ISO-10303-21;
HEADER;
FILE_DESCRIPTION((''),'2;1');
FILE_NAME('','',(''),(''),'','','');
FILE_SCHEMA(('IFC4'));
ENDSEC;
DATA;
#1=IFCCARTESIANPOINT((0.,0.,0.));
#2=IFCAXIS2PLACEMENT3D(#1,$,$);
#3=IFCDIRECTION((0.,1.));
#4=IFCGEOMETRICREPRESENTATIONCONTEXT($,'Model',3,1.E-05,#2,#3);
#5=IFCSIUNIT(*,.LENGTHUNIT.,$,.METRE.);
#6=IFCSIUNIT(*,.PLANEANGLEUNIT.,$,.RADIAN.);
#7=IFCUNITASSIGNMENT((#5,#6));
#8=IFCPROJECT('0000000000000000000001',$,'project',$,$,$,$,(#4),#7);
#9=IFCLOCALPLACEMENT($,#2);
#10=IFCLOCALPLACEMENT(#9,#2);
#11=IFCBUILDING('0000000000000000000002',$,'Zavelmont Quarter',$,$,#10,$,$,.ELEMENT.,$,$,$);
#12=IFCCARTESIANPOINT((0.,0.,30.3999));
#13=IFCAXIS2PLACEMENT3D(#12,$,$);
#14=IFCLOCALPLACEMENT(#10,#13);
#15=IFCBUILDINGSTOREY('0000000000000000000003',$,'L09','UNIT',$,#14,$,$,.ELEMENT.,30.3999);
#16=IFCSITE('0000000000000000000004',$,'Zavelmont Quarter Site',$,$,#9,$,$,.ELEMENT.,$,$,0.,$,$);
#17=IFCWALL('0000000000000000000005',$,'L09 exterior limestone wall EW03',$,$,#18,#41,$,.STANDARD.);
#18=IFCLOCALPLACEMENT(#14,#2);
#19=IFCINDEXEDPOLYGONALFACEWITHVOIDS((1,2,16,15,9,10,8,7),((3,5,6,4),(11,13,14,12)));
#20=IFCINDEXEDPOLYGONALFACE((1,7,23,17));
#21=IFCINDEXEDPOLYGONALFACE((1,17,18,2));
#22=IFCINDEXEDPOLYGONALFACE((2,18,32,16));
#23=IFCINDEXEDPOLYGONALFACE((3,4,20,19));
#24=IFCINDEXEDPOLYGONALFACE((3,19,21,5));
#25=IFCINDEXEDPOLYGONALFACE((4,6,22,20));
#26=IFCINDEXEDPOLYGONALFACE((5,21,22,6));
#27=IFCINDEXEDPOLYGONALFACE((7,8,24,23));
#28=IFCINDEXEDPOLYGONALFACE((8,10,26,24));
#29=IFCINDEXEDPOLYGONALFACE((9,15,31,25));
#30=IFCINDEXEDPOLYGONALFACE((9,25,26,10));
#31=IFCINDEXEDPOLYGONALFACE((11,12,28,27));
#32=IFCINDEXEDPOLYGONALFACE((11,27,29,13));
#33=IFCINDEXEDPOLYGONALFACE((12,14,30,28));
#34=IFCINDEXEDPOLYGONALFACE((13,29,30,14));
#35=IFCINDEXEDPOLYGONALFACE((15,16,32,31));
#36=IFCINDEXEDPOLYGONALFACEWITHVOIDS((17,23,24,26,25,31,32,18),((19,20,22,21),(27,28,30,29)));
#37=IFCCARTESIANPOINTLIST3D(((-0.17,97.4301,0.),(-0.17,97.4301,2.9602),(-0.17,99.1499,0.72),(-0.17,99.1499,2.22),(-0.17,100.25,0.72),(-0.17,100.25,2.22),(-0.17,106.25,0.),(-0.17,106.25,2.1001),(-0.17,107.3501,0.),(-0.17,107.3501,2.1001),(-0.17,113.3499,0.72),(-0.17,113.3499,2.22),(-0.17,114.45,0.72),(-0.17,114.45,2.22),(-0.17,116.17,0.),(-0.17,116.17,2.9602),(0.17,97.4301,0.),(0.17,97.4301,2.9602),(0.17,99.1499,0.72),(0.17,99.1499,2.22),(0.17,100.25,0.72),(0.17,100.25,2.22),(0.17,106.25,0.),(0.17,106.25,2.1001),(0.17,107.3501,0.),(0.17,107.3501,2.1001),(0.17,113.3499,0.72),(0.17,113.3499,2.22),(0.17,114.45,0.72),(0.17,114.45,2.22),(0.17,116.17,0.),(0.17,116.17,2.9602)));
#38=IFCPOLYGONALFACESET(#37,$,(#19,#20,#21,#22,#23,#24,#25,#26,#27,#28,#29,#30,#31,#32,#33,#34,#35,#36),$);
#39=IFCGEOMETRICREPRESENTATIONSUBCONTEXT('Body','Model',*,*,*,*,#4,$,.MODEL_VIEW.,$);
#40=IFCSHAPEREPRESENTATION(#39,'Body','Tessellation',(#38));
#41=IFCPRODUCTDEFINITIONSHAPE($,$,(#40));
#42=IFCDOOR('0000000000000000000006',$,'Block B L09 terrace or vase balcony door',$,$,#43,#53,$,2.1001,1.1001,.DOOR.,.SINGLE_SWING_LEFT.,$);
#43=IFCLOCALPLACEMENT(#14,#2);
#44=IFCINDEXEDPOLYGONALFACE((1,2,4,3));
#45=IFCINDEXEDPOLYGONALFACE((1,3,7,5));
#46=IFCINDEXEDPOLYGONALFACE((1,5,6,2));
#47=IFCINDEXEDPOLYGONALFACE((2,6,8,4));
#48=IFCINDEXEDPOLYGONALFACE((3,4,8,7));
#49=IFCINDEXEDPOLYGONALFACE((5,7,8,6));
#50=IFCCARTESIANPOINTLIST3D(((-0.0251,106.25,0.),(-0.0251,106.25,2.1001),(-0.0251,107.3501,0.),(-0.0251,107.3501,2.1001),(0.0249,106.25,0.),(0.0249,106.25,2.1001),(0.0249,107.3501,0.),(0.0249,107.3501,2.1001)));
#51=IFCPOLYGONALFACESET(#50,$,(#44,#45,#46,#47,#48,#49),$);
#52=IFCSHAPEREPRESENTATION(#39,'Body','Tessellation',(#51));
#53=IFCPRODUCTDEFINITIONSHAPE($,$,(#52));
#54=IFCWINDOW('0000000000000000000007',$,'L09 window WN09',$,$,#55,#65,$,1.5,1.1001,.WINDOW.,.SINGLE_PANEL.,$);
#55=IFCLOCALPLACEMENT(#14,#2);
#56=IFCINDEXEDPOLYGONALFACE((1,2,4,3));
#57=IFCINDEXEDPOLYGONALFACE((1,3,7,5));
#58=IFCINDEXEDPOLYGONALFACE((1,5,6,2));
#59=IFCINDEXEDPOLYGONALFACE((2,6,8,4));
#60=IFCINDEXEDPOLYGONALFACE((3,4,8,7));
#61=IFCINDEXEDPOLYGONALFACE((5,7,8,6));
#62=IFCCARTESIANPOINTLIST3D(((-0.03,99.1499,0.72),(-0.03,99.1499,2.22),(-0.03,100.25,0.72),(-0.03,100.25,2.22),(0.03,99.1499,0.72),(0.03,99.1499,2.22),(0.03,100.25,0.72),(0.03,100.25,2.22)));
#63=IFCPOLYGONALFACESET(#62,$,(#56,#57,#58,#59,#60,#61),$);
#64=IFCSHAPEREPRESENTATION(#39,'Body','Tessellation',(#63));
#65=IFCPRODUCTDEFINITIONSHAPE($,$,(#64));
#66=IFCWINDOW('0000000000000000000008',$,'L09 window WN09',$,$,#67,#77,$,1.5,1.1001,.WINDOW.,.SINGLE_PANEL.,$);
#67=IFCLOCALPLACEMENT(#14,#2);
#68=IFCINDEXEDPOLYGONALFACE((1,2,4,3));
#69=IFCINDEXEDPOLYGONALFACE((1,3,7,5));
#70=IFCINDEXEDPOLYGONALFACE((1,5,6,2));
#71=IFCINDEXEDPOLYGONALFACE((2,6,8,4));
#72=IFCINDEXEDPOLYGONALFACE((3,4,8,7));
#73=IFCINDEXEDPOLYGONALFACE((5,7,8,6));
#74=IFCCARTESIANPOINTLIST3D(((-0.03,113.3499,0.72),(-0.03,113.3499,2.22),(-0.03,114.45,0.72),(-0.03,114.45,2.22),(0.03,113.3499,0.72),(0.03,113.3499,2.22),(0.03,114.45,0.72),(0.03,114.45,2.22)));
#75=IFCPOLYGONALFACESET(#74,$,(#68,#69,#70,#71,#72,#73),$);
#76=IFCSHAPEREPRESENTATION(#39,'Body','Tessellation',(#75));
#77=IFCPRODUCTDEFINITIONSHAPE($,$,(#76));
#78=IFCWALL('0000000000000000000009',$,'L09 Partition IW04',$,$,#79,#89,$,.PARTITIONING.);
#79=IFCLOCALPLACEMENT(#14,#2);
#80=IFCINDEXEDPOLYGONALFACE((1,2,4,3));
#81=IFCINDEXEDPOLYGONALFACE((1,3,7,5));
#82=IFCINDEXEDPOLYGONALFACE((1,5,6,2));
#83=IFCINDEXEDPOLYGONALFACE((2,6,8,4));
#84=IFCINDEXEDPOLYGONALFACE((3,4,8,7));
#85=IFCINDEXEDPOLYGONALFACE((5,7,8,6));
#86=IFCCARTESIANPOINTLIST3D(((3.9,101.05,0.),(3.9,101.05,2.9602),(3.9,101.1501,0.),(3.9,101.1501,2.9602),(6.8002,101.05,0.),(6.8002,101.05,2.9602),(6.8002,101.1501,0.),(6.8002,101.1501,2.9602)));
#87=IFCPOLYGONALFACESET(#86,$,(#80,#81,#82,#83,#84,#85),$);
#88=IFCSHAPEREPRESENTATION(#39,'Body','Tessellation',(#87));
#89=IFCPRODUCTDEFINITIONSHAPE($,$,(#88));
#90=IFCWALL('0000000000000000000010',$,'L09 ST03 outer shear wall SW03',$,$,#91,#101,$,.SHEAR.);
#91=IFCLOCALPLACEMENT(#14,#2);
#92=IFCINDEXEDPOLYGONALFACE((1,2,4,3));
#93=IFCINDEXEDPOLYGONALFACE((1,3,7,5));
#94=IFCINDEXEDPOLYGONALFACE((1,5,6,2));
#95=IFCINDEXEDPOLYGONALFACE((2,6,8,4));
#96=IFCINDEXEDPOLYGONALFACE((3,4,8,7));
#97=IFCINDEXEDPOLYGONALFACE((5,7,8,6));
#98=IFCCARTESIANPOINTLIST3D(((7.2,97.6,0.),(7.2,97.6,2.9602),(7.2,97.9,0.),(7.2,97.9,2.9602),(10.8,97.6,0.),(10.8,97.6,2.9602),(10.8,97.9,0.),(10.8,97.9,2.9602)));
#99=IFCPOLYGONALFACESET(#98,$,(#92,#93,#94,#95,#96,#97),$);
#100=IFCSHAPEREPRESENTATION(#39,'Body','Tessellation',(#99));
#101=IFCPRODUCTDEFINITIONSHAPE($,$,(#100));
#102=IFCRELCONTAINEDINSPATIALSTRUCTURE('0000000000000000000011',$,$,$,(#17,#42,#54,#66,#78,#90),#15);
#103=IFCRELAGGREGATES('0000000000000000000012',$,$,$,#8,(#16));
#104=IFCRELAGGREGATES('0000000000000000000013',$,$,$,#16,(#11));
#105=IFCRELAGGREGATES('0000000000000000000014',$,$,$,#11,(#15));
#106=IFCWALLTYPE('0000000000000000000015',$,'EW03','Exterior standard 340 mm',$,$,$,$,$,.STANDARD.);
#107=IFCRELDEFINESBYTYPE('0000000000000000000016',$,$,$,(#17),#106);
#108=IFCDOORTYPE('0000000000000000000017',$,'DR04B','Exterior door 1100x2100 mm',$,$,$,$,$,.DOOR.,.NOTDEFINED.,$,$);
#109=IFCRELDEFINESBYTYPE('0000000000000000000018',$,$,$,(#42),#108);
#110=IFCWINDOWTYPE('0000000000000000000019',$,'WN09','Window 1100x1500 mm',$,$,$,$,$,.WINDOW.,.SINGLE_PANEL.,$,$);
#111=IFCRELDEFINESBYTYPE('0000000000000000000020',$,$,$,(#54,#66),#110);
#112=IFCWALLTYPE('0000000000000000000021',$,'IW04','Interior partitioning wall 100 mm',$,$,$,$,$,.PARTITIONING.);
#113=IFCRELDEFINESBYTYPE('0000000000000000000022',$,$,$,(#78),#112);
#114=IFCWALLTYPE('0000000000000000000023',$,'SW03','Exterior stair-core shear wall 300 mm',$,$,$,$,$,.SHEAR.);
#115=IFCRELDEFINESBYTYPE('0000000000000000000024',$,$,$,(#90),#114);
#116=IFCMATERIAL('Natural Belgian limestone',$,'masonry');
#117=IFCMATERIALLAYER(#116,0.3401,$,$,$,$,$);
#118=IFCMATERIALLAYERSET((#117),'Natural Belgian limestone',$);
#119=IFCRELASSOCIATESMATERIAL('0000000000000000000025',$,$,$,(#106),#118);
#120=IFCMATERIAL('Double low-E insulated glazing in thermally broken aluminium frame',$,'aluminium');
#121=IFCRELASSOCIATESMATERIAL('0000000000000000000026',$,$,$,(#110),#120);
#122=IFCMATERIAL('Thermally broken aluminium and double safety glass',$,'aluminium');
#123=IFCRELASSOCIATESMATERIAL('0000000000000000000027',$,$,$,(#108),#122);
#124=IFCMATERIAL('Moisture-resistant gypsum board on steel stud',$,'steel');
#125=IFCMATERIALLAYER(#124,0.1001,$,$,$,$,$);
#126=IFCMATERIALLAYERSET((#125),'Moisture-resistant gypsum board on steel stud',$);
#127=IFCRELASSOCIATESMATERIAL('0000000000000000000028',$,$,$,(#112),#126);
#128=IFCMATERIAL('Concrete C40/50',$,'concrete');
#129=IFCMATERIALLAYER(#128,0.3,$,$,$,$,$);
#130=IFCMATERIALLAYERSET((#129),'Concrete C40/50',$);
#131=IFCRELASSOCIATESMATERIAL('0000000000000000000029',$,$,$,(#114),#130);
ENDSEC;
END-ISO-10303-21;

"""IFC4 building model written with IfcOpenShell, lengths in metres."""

from ifc_helpers import new_model, si_unit, direction, frame, frame_2d, origin, origin_with_axes, place, context, subcontext, project, spatial, rectangle, extrude, material, layer, layer_set, type_object, element, fill, save


model = new_model("IFC4")

# Units and contexts
model_context = context("Model", 3, precision=1e-05, world=origin(), true_north=direction((0.0, 1.0)))
body_context = subcontext(model_context, "Body", "Model", "MODEL_VIEW")
ifc_project = project(units=[si_unit("LENGTHUNIT", "METRE"), si_unit("PLANEANGLEUNIT", "RADIAN")], contexts=[model_context])

# Site, building, storey
site_placement = place(None, origin())
site = spatial("IfcSite", under=ifc_project, at=site_placement, Name="Zavelmont Quarter Site", CompositionType="ELEMENT", RefElevation=0.0)
building_placement = place(site_placement, origin())
building = spatial("IfcBuilding", under=site, at=building_placement, Name="Zavelmont Quarter", CompositionType="ELEMENT")
storey_placement = place(building_placement, frame((0.0, 0.0, 30.3999)))
storey = spatial("IfcBuildingStorey", under=building, at=storey_placement, Name="L09", Description="UNIT", CompositionType="ELEMENT", Elevation=30.3999)

# Shared definitions
ifc_material_1 = material(Name="Concrete C40/50", Category="concrete")

# Shared definitions
ifc_material_2 = material(Name="Natural Belgian limestone", Category="masonry")
ifc_layer_1 = layer(ifc_material_2, 0.3401)
ifc_layer_set_1 = layer_set([ifc_layer_1], Name="Natural Belgian limestone")
wall_type_1 = type_object("IfcWallType", Name="EW03", Description="Exterior standard 340 mm", PredefinedType="STANDARD", material=ifc_layer_set_1)
ifc_material_3 = material(Name="Double low-E insulated glazing in thermally broken aluminium frame", Category="aluminium")
window_type_1 = type_object("IfcWindowType", Name="WN09", Description="Window 1100x1500 mm", PartitioningType="SINGLE_PANEL", PredefinedType="WINDOW", material=ifc_material_3)

# Wall, openings, door, windows
wall_1_placement = place(storey_placement, frame((0.0, 97.4299, 0.0), z_axis=(0.0, 0.0, 1.0), x_axis=(0.0, 1.0, 0.0)))
wall_1 = element("IfcWall", 1, at=wall_1_placement, inside=storey, type_object=wall_type_1, Name="L09 exterior limestone wall EW03", PredefinedType="STANDARD", context=body_context, shape_type="SweptSolid", body=[
    extrude(rectangle(XDim=18.74, YDim=0.3401, at=frame_2d((9.3701, 0.0))), origin(), (0.0, 0.0, 1.0), 2.9602),
])
opening_1_placement = place(wall_1_placement, frame((8.8201, 0.0, 0.0)))
opening_1 = element("IfcOpeningElement", 2, at=opening_1_placement, cuts=wall_1, PredefinedType="OPENING", context=body_context, shape_type="SweptSolid", body=[
    extrude(rectangle(XDim=1.1001, YDim=2.1001, at=frame_2d((0.55, 1.05))), frame((0.0, 0.1821, 0.0), z_axis=(0.0, -1.0, 0.0), x_axis=(1.0, 0.0, 0.0)), (0.0, 0.0, 1.0), 0.364),
])
opening_2_placement = place(wall_1_placement, frame((1.72, 0.0, 0.72)))
opening_2 = element("IfcOpeningElement", 3, at=opening_2_placement, cuts=wall_1, PredefinedType="OPENING", context=body_context, shape_type="SweptSolid", body=[
    extrude(rectangle(XDim=1.1001, YDim=1.5, at=frame_2d((0.55, 0.75))), frame((0.0, 0.1821, 0.0), z_axis=(0.0, -1.0, 0.0), x_axis=(1.0, 0.0, 0.0)), (0.0, 0.0, 1.0), 0.364),
])
opening_3_placement = place(wall_1_placement, frame((15.9199, 0.0, 0.72)))
opening_3 = element("IfcOpeningElement", 4, at=opening_3_placement, cuts=wall_1, PredefinedType="OPENING", context=body_context, shape_type="SweptSolid", body=[
    extrude(rectangle(XDim=1.1001, YDim=1.5, at=frame_2d((0.55, 0.75))), frame((0.0, 0.1821, 0.0), z_axis=(0.0, -1.0, 0.0), x_axis=(1.0, 0.0, 0.0)), (0.0, 0.0, 1.0), 0.364),
])
ifc_material_4 = material(Name="Thermally broken aluminium and double safety glass", Category="aluminium")
door_type = type_object("IfcDoorType", Name="DR04B", Description="Exterior door 1100x2100 mm", OperationType="NOTDEFINED", PredefinedType="DOOR", material=ifc_material_4)
door_placement = place(opening_1_placement, frame((1.1001, 0.0, 0.0), z_axis=(0.0, 0.0, 1.0), x_axis=(-1.0, 0.0, 0.0)))
door = element("IfcDoor", 5, at=door_placement, inside=storey, type_object=door_type, Name="Block B L09 terrace or vase balcony door", OperationType="SINGLE_SWING_LEFT", OverallHeight=2.1001, OverallWidth=1.1001, PredefinedType="DOOR", context=body_context, shape_type="SweptSolid", body=[
    extrude(rectangle(XDim=1.1001, YDim=2.1001, at=frame_2d((0.55, 1.05))), frame((0.0, 0.0249, 0.0), z_axis=(0.0, -1.0, 0.0), x_axis=(1.0, 0.0, 0.0)), (0.0, 0.0, 1.0), 0.05),
])
fill(opening_1, door)
window_1_placement = place(opening_2_placement, origin_with_axes())
window_1 = element("IfcWindow", 6, at=window_1_placement, inside=storey, type_object=window_type_1, Name="L09 window WN09", OverallHeight=1.5, OverallWidth=1.1001, PartitioningType="SINGLE_PANEL", PredefinedType="WINDOW", context=body_context, shape_type="SweptSolid", body=[
    extrude(rectangle(XDim=1.1001, YDim=1.5, at=frame_2d((0.55, 0.75))), frame((0.0, 0.03, 0.0), z_axis=(0.0, -1.0, 0.0), x_axis=(1.0, 0.0, 0.0)), (0.0, 0.0, 1.0), 0.0601),
])
fill(opening_2, window_1)
window_2_placement = place(opening_3_placement, origin_with_axes())
window_2 = element("IfcWindow", 7, at=window_2_placement, inside=storey, type_object=window_type_1, Name="L09 window WN09", OverallHeight=1.5, OverallWidth=1.1001, PartitioningType="SINGLE_PANEL", PredefinedType="WINDOW", context=body_context, shape_type="SweptSolid", body=[
    extrude(rectangle(XDim=1.1001, YDim=1.5, at=frame_2d((0.55, 0.75))), frame((0.0, 0.03, 0.0), z_axis=(0.0, -1.0, 0.0), x_axis=(1.0, 0.0, 0.0)), (0.0, 0.0, 1.0), 0.0601),
])
fill(opening_3, window_2)

# Walls
ifc_material_5 = material(Name="Moisture-resistant gypsum board on steel stud", Category="steel")
ifc_layer_2 = layer(ifc_material_5, 0.1001)
ifc_layer_set_2 = layer_set([ifc_layer_2], Name="Moisture-resistant gypsum board on steel stud")
wall_type_2 = type_object("IfcWallType", Name="IW04", Description="Interior partitioning wall 100 mm", PredefinedType="PARTITIONING", material=ifc_layer_set_2)
wall_2_placement = place(storey_placement, frame((3.8999, 101.1001, 0.0), z_axis=(0.0, 0.0, 1.0), x_axis=(1.0, 0.0, 0.0)))
element("IfcWall", 8, at=wall_2_placement, inside=storey, type_object=wall_type_2, Name="L09 Partition IW04", PredefinedType="PARTITIONING", context=body_context, shape_type="SweptSolid", body=[
    extrude(rectangle(XDim=2.9001, YDim=0.1001, at=frame_2d((1.4502, 0.0))), origin(), (0.0, 0.0, 1.0), 2.9602),
])
ifc_layer_3 = layer(ifc_material_1, 0.3)
ifc_layer_set_3 = layer_set([ifc_layer_3], Name="Concrete C40/50")
wall_type_3 = type_object("IfcWallType", Name="SW03", Description="Exterior stair-core shear wall 300 mm", PredefinedType="SHEAR", material=ifc_layer_set_3)
wall_3_placement = place(storey_placement, frame((7.2, 97.75, 0.0), z_axis=(0.0, 0.0, 1.0), x_axis=(1.0, 0.0, 0.0)))
element("IfcWall", 9, at=wall_3_placement, inside=storey, type_object=wall_type_3, Name="L09 ST03 outer shear wall SW03", PredefinedType="SHEAR", context=body_context, shape_type="SweptSolid", body=[
    extrude(rectangle(XDim=3.6001, YDim=0.3, at=frame_2d((1.8, 0.0))), origin(), (0.0, 0.0, 1.0), 2.9602),
])

save(model, "model.ifc")
